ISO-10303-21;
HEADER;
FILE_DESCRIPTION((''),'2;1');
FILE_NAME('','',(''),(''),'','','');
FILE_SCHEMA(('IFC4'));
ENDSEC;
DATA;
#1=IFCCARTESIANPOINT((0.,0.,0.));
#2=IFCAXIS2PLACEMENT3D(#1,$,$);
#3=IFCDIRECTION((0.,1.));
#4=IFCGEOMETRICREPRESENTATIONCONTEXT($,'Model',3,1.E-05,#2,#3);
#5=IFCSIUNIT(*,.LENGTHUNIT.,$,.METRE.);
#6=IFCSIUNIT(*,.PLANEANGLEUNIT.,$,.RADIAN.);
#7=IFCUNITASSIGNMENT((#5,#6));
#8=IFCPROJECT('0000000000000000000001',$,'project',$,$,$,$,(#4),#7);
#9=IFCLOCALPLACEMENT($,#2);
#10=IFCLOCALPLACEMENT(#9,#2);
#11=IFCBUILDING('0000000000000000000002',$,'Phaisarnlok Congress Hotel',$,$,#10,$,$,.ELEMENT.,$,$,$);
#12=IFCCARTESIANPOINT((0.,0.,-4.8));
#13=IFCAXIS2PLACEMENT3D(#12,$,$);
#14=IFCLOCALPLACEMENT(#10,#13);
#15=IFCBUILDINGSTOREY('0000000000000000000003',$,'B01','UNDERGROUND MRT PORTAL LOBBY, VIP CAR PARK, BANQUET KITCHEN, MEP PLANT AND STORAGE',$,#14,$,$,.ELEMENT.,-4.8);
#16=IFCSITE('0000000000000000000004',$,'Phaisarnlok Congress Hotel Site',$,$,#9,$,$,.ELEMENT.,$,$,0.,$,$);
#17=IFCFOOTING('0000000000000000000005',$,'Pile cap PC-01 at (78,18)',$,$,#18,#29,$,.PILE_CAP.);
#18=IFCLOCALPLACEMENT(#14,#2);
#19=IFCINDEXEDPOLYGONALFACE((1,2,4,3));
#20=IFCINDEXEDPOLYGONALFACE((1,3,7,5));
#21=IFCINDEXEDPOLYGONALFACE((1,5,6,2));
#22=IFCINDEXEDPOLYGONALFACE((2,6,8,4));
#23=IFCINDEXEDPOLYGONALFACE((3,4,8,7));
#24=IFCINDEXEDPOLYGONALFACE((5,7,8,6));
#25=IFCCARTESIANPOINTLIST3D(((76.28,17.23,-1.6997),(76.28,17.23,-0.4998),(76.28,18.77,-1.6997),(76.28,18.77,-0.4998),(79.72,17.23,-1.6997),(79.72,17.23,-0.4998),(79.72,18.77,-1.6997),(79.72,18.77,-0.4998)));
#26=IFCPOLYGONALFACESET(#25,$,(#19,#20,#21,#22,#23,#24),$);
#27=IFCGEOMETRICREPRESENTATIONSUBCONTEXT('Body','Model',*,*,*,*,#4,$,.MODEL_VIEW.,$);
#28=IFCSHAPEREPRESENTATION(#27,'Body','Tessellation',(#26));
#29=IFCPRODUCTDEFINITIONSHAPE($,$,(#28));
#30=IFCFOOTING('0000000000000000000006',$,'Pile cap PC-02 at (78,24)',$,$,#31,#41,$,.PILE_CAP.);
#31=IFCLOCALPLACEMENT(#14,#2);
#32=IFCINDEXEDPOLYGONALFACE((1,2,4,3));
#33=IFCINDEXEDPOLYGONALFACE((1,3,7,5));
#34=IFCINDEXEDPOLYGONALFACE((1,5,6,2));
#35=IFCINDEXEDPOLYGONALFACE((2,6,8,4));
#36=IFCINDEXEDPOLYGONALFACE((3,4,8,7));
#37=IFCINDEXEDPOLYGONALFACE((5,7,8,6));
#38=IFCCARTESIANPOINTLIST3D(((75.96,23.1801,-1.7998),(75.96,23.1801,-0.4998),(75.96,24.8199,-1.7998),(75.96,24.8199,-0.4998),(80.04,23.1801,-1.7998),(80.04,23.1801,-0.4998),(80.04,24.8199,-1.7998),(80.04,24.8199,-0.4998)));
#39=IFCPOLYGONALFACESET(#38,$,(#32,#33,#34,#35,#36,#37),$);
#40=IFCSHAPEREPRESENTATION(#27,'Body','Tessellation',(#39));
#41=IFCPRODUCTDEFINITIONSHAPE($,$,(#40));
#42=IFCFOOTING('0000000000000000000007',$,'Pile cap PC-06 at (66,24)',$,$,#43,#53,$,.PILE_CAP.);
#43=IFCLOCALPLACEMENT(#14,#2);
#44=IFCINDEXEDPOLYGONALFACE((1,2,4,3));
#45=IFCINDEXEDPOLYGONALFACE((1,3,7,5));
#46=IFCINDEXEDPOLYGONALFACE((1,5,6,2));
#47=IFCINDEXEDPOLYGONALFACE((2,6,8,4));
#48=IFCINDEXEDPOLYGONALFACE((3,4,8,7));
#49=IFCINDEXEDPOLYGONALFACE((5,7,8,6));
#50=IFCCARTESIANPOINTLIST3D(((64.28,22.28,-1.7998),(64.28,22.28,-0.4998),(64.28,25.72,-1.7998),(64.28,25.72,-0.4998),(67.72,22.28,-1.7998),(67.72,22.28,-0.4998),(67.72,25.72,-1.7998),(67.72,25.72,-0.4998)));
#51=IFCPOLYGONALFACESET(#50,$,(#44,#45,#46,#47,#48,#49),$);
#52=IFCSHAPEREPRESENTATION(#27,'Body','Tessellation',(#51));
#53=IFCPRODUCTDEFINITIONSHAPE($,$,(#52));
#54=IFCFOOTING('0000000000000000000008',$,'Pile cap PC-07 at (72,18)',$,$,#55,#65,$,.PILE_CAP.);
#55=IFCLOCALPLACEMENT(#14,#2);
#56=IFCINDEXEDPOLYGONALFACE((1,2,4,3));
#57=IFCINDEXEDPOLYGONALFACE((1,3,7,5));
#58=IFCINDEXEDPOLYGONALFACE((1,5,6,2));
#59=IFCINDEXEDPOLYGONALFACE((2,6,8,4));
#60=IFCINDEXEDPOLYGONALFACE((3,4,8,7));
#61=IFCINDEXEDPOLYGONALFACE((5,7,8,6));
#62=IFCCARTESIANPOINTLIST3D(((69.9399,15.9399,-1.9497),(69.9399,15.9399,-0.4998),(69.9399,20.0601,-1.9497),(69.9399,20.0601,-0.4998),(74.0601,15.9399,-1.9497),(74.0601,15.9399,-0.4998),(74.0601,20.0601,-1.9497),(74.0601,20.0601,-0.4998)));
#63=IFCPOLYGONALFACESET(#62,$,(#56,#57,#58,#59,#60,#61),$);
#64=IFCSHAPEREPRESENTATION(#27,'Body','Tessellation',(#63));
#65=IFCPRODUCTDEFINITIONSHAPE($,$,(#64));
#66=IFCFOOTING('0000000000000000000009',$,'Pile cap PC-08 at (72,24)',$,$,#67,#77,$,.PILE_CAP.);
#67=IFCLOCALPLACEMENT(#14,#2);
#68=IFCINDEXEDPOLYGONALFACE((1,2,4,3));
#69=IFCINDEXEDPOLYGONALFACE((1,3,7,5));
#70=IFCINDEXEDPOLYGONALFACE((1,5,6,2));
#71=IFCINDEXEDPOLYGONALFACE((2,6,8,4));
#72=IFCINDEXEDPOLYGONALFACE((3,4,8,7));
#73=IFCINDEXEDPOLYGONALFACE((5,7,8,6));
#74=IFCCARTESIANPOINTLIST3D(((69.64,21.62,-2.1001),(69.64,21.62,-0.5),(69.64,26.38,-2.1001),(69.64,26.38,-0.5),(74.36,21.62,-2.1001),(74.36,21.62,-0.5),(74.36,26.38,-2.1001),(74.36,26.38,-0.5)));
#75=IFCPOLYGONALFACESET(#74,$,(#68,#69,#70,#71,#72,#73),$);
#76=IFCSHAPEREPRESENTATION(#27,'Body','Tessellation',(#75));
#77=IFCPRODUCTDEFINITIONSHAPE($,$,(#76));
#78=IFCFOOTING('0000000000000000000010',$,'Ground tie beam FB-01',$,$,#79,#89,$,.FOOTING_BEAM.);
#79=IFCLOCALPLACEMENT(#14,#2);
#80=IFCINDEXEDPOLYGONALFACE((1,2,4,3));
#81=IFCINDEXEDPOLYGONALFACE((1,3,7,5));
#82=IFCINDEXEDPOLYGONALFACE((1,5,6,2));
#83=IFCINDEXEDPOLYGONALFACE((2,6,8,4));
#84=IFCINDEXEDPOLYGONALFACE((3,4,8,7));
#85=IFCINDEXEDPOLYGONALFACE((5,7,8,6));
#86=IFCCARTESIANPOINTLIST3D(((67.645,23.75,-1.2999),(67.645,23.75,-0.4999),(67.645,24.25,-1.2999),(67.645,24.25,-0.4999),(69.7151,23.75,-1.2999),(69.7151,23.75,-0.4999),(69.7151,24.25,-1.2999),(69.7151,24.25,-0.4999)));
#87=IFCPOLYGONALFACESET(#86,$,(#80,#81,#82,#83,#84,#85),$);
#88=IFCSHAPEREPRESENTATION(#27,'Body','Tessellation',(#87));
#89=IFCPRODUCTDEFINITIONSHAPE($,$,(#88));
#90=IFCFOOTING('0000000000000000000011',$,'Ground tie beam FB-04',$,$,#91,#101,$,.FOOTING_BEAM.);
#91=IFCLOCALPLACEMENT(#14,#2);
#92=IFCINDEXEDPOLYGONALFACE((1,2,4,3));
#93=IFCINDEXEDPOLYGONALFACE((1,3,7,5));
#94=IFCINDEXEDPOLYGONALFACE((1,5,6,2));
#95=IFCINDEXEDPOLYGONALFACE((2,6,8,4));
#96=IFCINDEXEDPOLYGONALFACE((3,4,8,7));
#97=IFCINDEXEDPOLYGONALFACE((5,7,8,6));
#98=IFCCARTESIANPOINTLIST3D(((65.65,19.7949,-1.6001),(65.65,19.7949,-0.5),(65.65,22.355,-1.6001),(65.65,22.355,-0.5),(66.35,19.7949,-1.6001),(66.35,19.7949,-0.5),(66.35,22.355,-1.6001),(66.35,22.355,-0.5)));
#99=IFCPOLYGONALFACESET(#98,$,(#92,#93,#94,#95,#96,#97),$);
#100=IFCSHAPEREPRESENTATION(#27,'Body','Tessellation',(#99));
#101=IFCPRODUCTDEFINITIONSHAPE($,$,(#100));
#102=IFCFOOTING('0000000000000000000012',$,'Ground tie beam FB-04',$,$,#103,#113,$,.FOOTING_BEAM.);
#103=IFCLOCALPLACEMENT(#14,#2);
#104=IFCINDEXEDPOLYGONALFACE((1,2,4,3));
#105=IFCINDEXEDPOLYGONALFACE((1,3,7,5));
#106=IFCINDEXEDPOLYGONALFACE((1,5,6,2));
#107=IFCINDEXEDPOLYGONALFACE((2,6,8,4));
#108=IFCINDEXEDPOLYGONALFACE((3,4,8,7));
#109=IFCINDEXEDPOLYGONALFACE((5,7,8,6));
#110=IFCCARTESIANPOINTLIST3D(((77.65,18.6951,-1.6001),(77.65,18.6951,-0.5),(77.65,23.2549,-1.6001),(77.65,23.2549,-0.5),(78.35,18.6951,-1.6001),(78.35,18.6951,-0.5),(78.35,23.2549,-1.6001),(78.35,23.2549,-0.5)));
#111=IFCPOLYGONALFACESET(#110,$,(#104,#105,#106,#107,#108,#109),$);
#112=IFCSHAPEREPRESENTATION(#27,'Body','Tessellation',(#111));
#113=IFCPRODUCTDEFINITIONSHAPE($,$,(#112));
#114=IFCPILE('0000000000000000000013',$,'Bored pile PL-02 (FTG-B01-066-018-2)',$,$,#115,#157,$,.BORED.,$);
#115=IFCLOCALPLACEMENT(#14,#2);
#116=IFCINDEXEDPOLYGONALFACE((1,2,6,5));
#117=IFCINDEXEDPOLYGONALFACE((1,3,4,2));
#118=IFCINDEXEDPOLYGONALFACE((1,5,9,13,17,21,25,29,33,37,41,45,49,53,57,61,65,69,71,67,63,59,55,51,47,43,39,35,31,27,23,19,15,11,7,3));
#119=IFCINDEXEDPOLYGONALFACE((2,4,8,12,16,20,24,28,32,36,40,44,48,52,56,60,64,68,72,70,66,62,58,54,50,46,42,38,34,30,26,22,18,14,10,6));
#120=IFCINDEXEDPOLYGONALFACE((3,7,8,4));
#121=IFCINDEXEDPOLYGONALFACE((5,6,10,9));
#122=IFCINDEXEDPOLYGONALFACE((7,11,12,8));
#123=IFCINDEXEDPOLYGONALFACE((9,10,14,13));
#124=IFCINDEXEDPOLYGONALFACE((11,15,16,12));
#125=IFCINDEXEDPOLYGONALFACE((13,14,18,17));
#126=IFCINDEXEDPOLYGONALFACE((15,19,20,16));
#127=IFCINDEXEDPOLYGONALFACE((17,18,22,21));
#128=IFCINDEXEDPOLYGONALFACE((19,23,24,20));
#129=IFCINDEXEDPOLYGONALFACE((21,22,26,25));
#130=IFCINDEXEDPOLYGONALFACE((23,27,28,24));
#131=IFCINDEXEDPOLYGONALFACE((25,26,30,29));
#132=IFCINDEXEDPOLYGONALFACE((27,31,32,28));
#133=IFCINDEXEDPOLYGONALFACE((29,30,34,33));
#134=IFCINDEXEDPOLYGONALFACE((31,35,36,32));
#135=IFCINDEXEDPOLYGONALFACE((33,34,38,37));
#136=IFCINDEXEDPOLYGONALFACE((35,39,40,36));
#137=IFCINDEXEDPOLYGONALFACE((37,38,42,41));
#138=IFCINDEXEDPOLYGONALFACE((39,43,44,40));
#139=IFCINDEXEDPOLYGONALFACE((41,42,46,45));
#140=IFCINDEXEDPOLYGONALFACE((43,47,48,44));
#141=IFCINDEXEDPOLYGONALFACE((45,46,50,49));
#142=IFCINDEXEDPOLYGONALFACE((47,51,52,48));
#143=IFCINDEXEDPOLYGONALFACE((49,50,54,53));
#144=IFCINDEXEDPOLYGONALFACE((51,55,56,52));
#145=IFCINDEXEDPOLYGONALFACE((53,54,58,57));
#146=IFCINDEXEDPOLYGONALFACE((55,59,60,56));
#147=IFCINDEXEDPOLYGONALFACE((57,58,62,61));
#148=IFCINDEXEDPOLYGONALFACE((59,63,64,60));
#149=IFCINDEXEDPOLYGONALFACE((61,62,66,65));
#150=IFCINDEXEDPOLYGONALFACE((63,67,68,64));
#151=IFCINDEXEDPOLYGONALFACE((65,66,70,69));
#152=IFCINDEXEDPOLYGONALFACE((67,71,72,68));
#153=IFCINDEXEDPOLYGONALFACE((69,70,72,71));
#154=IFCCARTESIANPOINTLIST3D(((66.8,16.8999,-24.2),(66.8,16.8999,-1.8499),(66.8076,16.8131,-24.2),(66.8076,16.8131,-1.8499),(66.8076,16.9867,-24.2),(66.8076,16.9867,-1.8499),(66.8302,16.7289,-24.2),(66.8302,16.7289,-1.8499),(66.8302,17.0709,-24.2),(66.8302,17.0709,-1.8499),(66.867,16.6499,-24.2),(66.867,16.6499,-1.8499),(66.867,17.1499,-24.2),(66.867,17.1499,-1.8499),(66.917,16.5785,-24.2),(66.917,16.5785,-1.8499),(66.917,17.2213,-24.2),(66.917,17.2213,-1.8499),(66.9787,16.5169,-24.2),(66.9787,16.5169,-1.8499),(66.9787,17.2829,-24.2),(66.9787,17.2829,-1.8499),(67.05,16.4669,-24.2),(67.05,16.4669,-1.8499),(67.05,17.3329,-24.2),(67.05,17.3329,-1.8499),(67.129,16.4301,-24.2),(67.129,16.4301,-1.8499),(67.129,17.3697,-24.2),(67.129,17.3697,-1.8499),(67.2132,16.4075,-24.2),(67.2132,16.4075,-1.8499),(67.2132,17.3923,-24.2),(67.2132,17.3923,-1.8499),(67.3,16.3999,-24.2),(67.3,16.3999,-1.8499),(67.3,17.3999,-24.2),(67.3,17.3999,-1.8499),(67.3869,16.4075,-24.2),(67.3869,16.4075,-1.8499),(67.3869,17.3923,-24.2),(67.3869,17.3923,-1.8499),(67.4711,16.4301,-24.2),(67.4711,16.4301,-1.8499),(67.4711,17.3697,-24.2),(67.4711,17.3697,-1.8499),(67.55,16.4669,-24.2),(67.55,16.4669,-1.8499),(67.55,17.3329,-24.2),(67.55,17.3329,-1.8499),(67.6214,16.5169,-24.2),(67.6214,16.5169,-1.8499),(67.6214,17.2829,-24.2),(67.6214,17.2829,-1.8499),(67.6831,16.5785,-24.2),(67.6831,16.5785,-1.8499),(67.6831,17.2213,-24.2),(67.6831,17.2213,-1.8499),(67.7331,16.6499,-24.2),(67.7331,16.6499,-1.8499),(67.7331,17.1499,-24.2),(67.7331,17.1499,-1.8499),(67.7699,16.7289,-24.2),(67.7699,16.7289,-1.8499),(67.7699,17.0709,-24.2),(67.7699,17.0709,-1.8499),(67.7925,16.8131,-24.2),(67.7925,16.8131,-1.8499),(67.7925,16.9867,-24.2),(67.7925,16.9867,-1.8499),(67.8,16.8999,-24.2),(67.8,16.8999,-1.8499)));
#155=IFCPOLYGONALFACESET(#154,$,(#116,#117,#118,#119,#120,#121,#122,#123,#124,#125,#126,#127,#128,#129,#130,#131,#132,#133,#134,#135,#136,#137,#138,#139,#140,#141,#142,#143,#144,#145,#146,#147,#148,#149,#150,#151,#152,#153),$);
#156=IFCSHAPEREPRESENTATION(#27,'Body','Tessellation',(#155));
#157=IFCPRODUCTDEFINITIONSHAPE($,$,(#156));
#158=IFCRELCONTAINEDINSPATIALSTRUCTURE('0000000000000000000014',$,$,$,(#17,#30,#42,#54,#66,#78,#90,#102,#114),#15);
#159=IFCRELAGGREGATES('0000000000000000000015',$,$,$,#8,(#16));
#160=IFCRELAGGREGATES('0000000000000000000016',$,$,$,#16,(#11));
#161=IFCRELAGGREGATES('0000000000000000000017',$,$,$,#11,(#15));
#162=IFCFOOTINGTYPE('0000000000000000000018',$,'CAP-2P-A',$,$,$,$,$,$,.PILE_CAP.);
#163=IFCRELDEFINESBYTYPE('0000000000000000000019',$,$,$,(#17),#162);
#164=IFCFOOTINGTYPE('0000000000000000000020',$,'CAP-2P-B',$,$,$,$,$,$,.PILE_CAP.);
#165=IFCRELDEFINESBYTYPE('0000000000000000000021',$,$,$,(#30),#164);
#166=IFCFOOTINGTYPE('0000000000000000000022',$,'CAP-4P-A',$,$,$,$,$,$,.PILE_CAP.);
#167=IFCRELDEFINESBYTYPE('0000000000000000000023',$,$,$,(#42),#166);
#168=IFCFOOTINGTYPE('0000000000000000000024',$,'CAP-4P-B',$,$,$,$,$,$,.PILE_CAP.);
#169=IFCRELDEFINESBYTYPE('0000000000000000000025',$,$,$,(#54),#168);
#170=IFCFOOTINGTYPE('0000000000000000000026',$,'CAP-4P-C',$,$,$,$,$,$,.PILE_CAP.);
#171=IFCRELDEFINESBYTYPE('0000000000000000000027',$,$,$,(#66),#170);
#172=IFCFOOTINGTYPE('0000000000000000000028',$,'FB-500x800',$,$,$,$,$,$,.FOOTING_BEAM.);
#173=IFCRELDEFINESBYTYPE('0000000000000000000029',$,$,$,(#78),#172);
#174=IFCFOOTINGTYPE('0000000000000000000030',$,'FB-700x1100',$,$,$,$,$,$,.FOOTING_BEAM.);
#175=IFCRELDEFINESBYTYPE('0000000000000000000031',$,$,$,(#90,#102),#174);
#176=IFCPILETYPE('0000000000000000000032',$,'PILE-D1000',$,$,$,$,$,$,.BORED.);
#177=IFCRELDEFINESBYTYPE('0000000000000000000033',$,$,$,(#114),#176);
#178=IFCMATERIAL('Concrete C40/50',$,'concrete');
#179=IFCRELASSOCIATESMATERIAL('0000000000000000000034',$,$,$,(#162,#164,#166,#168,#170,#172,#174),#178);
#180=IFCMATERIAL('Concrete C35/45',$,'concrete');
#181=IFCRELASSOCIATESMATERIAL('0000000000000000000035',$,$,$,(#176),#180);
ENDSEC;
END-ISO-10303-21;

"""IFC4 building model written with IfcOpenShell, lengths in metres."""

from ifc_helpers import new_model, si_unit, direction, frame, origin, origin_2d, place, context, subcontext, project, spatial, rectangle, circle, extrude, material, material_profile, profile_set, type_object, element, save


model = new_model("IFC4")

# Units and contexts
model_context = context("Model", 3, precision=1e-05, world=origin(), true_north=direction((0.0, 1.0)))
body_context = subcontext(model_context, "Body", "Model", "MODEL_VIEW")
ifc_project = project(units=[si_unit("LENGTHUNIT", "METRE"), si_unit("PLANEANGLEUNIT", "RADIAN")], contexts=[model_context])

# Site, building, storey
site_placement = place(None, origin())
site = spatial("IfcSite", under=ifc_project, at=site_placement, Name="Phaisarnlok Congress Hotel Site", CompositionType="ELEMENT", RefElevation=0.0)
building_placement = place(site_placement, origin())
building = spatial("IfcBuilding", under=site, at=building_placement, Name="Phaisarnlok Congress Hotel", CompositionType="ELEMENT")
storey_placement = place(building_placement, frame((0.0, 0.0, -4.8)))
storey = spatial("IfcBuildingStorey", under=building, at=storey_placement, Name="B01", Description="UNDERGROUND MRT PORTAL LOBBY, VIP CAR PARK, BANQUET KITCHEN, MEP PLANT AND STORAGE", CompositionType="ELEMENT", Elevation=-4.8)

# Footings
ifc_material_1 = material(Name="Concrete C40/50", Category="concrete")
footing_type_1 = type_object("IfcFootingType", Name="CAP-2P-A", PredefinedType="PILE_CAP", material=ifc_material_1)
footing_1_placement = place(storey_placement, frame((78.0, 18.0, -1.6997), z_axis=(0.0, 0.0, 1.0), x_axis=(1.0, 0.0, 0.0)))
element("IfcFooting", 1, at=footing_1_placement, inside=storey, type_object=footing_type_1, Name="Pile cap PC-01 at (78,18)", PredefinedType="PILE_CAP", context=body_context, shape_type="SweptSolid", body=[
    extrude(rectangle(XDim=3.4399, YDim=1.54, at=origin_2d()), origin(), (0.0, 0.0, 1.0), 1.2),
])
footing_type_2 = type_object("IfcFootingType", Name="CAP-2P-B", PredefinedType="PILE_CAP", material=ifc_material_1)
footing_2_placement = place(storey_placement, frame((78.0, 24.0, -1.7998), z_axis=(0.0, 0.0, 1.0), x_axis=(1.0, 0.0, 0.0)))
element("IfcFooting", 2, at=footing_2_placement, inside=storey, type_object=footing_type_2, Name="Pile cap PC-02 at (78,24)", PredefinedType="PILE_CAP", context=body_context, shape_type="SweptSolid", body=[
    extrude(rectangle(XDim=4.0801, YDim=1.6399, at=origin_2d()), origin(), (0.0, 0.0, 1.0), 1.3),
])
footing_type_3 = type_object("IfcFootingType", Name="CAP-4P-A", PredefinedType="PILE_CAP", material=ifc_material_1)
footing_3_placement = place(storey_placement, frame((66.0, 24.0, -1.7998), z_axis=(0.0, 0.0, 1.0), x_axis=(1.0, 0.0, 0.0)))
element("IfcFooting", 3, at=footing_3_placement, inside=storey, type_object=footing_type_3, Name="Pile cap PC-06 at (66,24)", PredefinedType="PILE_CAP", context=body_context, shape_type="SweptSolid", body=[
    extrude(rectangle(XDim=3.4399, YDim=3.4399, at=origin_2d()), origin(), (0.0, 0.0, 1.0), 1.3),
])
footing_type_4 = type_object("IfcFootingType", Name="CAP-4P-B", PredefinedType="PILE_CAP", material=ifc_material_1)
footing_4_placement = place(storey_placement, frame((72.0, 18.0, -1.9497), z_axis=(0.0, 0.0, 1.0), x_axis=(1.0, 0.0, 0.0)))
element("IfcFooting", 4, at=footing_4_placement, inside=storey, type_object=footing_type_4, Name="Pile cap PC-07 at (72,18)", PredefinedType="PILE_CAP", context=body_context, shape_type="SweptSolid", body=[
    extrude(rectangle(XDim=4.1201, YDim=4.1201, at=origin_2d()), origin(), (0.0, 0.0, 1.0), 1.45),
])
footing_type_5 = type_object("IfcFootingType", Name="CAP-4P-C", PredefinedType="PILE_CAP", material=ifc_material_1)
footing_5_placement = place(storey_placement, frame((72.0, 24.0, -2.1001), z_axis=(0.0, 0.0, 1.0), x_axis=(1.0, 0.0, 0.0)))
element("IfcFooting", 5, at=footing_5_placement, inside=storey, type_object=footing_type_5, Name="Pile cap PC-08 at (72,24)", PredefinedType="PILE_CAP", context=body_context, shape_type="SweptSolid", body=[
    extrude(rectangle(XDim=4.72, YDim=4.76, at=origin_2d()), origin(), (0.0, 0.0, 1.0), 1.6001),
])
ifc_material_profile_1 = material_profile(ifc_material_1, rectangle(XDim=0.5, YDim=0.8, at=origin_2d()), Name="FB-500x800")
ifc_profile_set_1 = profile_set([ifc_material_profile_1], Name="Concrete C40/50")
footing_type_6 = type_object("IfcFootingType", Name="FB-500x800", PredefinedType="FOOTING_BEAM", material=ifc_profile_set_1)
footing_6_placement = place(storey_placement, frame((67.645, 24.0, -0.8999), z_axis=(1.0, 0.0, 0.0), x_axis=(0.0, 1.0, 0.0)))
element("IfcFooting", 6, at=footing_6_placement, inside=storey, type_object=footing_type_6, Name="Ground tie beam FB-01", PredefinedType="FOOTING_BEAM", context=body_context, shape_type="SweptSolid", body=[
    extrude(rectangle(XDim=0.5, YDim=0.8, at=origin_2d()), origin(), (0.0, 0.0, 1.0), 2.0701),
])
ifc_material_profile_2 = material_profile(ifc_material_1, rectangle(XDim=0.7, YDim=1.1001, at=origin_2d()), Name="FB-700x1100")
ifc_profile_set_2 = profile_set([ifc_material_profile_2], Name="Concrete C40/50")
footing_type_7 = type_object("IfcFootingType", Name="FB-700x1100", PredefinedType="FOOTING_BEAM", material=ifc_profile_set_2)
footing_7_placement = place(storey_placement, frame((66.0, 19.7949, -1.05), z_axis=(0.0, 1.0, 0.0), x_axis=(-1.0, 0.0, 0.0)))
element("IfcFooting", 7, at=footing_7_placement, inside=storey, type_object=footing_type_7, Name="Ground tie beam FB-04", PredefinedType="FOOTING_BEAM", context=body_context, shape_type="SweptSolid", body=[
    extrude(rectangle(XDim=0.7, YDim=1.1001, at=origin_2d()), origin(), (0.0, 0.0, 1.0), 2.5601),
])
footing_8_placement = place(storey_placement, frame((78.0, 18.6951, -1.05), z_axis=(0.0, 1.0, 0.0), x_axis=(-1.0, 0.0, 0.0)))
element("IfcFooting", 8, at=footing_8_placement, inside=storey, type_object=footing_type_7, Name="Ground tie beam FB-04", PredefinedType="FOOTING_BEAM", context=body_context, shape_type="SweptSolid", body=[
    extrude(rectangle(XDim=0.7, YDim=1.1001, at=origin_2d()), origin(), (0.0, 0.0, 1.0), 4.5598),
])

# Pile
ifc_material_2 = material(Name="Concrete C35/45", Category="concrete")
ifc_material_profile_3 = material_profile(ifc_material_2, circle(Radius=0.5, at=origin_2d()), Name="BORED PILE D1000")
ifc_profile_set_3 = profile_set([ifc_material_profile_3], Name="Concrete C35/45")
pile_type_1 = type_object("IfcPileType", Name="PILE-D1000", PredefinedType="BORED", material=ifc_profile_set_3)
for number, where, z_axis, x_axis, name in (
    (9, (67.3, 16.8999, -1.8499), (0.0, 0.0, -1.0), (1.0, 0.0, 0.0), "Bored pile PL-02 (FTG-B01-066-018-2)"),
):
    element("IfcPile", number, at=place(storey_placement, frame(where, z_axis=z_axis, x_axis=x_axis)), inside=storey, type_object=pile_type_1, Name=name, PredefinedType="BORED", context=body_context, shape_type="SweptSolid", body=[
        extrude(circle(Radius=0.5, at=origin_2d()), origin(), (0.0, 0.0, 1.0), 22.3501),
    ])

save(model, "model.ifc")
